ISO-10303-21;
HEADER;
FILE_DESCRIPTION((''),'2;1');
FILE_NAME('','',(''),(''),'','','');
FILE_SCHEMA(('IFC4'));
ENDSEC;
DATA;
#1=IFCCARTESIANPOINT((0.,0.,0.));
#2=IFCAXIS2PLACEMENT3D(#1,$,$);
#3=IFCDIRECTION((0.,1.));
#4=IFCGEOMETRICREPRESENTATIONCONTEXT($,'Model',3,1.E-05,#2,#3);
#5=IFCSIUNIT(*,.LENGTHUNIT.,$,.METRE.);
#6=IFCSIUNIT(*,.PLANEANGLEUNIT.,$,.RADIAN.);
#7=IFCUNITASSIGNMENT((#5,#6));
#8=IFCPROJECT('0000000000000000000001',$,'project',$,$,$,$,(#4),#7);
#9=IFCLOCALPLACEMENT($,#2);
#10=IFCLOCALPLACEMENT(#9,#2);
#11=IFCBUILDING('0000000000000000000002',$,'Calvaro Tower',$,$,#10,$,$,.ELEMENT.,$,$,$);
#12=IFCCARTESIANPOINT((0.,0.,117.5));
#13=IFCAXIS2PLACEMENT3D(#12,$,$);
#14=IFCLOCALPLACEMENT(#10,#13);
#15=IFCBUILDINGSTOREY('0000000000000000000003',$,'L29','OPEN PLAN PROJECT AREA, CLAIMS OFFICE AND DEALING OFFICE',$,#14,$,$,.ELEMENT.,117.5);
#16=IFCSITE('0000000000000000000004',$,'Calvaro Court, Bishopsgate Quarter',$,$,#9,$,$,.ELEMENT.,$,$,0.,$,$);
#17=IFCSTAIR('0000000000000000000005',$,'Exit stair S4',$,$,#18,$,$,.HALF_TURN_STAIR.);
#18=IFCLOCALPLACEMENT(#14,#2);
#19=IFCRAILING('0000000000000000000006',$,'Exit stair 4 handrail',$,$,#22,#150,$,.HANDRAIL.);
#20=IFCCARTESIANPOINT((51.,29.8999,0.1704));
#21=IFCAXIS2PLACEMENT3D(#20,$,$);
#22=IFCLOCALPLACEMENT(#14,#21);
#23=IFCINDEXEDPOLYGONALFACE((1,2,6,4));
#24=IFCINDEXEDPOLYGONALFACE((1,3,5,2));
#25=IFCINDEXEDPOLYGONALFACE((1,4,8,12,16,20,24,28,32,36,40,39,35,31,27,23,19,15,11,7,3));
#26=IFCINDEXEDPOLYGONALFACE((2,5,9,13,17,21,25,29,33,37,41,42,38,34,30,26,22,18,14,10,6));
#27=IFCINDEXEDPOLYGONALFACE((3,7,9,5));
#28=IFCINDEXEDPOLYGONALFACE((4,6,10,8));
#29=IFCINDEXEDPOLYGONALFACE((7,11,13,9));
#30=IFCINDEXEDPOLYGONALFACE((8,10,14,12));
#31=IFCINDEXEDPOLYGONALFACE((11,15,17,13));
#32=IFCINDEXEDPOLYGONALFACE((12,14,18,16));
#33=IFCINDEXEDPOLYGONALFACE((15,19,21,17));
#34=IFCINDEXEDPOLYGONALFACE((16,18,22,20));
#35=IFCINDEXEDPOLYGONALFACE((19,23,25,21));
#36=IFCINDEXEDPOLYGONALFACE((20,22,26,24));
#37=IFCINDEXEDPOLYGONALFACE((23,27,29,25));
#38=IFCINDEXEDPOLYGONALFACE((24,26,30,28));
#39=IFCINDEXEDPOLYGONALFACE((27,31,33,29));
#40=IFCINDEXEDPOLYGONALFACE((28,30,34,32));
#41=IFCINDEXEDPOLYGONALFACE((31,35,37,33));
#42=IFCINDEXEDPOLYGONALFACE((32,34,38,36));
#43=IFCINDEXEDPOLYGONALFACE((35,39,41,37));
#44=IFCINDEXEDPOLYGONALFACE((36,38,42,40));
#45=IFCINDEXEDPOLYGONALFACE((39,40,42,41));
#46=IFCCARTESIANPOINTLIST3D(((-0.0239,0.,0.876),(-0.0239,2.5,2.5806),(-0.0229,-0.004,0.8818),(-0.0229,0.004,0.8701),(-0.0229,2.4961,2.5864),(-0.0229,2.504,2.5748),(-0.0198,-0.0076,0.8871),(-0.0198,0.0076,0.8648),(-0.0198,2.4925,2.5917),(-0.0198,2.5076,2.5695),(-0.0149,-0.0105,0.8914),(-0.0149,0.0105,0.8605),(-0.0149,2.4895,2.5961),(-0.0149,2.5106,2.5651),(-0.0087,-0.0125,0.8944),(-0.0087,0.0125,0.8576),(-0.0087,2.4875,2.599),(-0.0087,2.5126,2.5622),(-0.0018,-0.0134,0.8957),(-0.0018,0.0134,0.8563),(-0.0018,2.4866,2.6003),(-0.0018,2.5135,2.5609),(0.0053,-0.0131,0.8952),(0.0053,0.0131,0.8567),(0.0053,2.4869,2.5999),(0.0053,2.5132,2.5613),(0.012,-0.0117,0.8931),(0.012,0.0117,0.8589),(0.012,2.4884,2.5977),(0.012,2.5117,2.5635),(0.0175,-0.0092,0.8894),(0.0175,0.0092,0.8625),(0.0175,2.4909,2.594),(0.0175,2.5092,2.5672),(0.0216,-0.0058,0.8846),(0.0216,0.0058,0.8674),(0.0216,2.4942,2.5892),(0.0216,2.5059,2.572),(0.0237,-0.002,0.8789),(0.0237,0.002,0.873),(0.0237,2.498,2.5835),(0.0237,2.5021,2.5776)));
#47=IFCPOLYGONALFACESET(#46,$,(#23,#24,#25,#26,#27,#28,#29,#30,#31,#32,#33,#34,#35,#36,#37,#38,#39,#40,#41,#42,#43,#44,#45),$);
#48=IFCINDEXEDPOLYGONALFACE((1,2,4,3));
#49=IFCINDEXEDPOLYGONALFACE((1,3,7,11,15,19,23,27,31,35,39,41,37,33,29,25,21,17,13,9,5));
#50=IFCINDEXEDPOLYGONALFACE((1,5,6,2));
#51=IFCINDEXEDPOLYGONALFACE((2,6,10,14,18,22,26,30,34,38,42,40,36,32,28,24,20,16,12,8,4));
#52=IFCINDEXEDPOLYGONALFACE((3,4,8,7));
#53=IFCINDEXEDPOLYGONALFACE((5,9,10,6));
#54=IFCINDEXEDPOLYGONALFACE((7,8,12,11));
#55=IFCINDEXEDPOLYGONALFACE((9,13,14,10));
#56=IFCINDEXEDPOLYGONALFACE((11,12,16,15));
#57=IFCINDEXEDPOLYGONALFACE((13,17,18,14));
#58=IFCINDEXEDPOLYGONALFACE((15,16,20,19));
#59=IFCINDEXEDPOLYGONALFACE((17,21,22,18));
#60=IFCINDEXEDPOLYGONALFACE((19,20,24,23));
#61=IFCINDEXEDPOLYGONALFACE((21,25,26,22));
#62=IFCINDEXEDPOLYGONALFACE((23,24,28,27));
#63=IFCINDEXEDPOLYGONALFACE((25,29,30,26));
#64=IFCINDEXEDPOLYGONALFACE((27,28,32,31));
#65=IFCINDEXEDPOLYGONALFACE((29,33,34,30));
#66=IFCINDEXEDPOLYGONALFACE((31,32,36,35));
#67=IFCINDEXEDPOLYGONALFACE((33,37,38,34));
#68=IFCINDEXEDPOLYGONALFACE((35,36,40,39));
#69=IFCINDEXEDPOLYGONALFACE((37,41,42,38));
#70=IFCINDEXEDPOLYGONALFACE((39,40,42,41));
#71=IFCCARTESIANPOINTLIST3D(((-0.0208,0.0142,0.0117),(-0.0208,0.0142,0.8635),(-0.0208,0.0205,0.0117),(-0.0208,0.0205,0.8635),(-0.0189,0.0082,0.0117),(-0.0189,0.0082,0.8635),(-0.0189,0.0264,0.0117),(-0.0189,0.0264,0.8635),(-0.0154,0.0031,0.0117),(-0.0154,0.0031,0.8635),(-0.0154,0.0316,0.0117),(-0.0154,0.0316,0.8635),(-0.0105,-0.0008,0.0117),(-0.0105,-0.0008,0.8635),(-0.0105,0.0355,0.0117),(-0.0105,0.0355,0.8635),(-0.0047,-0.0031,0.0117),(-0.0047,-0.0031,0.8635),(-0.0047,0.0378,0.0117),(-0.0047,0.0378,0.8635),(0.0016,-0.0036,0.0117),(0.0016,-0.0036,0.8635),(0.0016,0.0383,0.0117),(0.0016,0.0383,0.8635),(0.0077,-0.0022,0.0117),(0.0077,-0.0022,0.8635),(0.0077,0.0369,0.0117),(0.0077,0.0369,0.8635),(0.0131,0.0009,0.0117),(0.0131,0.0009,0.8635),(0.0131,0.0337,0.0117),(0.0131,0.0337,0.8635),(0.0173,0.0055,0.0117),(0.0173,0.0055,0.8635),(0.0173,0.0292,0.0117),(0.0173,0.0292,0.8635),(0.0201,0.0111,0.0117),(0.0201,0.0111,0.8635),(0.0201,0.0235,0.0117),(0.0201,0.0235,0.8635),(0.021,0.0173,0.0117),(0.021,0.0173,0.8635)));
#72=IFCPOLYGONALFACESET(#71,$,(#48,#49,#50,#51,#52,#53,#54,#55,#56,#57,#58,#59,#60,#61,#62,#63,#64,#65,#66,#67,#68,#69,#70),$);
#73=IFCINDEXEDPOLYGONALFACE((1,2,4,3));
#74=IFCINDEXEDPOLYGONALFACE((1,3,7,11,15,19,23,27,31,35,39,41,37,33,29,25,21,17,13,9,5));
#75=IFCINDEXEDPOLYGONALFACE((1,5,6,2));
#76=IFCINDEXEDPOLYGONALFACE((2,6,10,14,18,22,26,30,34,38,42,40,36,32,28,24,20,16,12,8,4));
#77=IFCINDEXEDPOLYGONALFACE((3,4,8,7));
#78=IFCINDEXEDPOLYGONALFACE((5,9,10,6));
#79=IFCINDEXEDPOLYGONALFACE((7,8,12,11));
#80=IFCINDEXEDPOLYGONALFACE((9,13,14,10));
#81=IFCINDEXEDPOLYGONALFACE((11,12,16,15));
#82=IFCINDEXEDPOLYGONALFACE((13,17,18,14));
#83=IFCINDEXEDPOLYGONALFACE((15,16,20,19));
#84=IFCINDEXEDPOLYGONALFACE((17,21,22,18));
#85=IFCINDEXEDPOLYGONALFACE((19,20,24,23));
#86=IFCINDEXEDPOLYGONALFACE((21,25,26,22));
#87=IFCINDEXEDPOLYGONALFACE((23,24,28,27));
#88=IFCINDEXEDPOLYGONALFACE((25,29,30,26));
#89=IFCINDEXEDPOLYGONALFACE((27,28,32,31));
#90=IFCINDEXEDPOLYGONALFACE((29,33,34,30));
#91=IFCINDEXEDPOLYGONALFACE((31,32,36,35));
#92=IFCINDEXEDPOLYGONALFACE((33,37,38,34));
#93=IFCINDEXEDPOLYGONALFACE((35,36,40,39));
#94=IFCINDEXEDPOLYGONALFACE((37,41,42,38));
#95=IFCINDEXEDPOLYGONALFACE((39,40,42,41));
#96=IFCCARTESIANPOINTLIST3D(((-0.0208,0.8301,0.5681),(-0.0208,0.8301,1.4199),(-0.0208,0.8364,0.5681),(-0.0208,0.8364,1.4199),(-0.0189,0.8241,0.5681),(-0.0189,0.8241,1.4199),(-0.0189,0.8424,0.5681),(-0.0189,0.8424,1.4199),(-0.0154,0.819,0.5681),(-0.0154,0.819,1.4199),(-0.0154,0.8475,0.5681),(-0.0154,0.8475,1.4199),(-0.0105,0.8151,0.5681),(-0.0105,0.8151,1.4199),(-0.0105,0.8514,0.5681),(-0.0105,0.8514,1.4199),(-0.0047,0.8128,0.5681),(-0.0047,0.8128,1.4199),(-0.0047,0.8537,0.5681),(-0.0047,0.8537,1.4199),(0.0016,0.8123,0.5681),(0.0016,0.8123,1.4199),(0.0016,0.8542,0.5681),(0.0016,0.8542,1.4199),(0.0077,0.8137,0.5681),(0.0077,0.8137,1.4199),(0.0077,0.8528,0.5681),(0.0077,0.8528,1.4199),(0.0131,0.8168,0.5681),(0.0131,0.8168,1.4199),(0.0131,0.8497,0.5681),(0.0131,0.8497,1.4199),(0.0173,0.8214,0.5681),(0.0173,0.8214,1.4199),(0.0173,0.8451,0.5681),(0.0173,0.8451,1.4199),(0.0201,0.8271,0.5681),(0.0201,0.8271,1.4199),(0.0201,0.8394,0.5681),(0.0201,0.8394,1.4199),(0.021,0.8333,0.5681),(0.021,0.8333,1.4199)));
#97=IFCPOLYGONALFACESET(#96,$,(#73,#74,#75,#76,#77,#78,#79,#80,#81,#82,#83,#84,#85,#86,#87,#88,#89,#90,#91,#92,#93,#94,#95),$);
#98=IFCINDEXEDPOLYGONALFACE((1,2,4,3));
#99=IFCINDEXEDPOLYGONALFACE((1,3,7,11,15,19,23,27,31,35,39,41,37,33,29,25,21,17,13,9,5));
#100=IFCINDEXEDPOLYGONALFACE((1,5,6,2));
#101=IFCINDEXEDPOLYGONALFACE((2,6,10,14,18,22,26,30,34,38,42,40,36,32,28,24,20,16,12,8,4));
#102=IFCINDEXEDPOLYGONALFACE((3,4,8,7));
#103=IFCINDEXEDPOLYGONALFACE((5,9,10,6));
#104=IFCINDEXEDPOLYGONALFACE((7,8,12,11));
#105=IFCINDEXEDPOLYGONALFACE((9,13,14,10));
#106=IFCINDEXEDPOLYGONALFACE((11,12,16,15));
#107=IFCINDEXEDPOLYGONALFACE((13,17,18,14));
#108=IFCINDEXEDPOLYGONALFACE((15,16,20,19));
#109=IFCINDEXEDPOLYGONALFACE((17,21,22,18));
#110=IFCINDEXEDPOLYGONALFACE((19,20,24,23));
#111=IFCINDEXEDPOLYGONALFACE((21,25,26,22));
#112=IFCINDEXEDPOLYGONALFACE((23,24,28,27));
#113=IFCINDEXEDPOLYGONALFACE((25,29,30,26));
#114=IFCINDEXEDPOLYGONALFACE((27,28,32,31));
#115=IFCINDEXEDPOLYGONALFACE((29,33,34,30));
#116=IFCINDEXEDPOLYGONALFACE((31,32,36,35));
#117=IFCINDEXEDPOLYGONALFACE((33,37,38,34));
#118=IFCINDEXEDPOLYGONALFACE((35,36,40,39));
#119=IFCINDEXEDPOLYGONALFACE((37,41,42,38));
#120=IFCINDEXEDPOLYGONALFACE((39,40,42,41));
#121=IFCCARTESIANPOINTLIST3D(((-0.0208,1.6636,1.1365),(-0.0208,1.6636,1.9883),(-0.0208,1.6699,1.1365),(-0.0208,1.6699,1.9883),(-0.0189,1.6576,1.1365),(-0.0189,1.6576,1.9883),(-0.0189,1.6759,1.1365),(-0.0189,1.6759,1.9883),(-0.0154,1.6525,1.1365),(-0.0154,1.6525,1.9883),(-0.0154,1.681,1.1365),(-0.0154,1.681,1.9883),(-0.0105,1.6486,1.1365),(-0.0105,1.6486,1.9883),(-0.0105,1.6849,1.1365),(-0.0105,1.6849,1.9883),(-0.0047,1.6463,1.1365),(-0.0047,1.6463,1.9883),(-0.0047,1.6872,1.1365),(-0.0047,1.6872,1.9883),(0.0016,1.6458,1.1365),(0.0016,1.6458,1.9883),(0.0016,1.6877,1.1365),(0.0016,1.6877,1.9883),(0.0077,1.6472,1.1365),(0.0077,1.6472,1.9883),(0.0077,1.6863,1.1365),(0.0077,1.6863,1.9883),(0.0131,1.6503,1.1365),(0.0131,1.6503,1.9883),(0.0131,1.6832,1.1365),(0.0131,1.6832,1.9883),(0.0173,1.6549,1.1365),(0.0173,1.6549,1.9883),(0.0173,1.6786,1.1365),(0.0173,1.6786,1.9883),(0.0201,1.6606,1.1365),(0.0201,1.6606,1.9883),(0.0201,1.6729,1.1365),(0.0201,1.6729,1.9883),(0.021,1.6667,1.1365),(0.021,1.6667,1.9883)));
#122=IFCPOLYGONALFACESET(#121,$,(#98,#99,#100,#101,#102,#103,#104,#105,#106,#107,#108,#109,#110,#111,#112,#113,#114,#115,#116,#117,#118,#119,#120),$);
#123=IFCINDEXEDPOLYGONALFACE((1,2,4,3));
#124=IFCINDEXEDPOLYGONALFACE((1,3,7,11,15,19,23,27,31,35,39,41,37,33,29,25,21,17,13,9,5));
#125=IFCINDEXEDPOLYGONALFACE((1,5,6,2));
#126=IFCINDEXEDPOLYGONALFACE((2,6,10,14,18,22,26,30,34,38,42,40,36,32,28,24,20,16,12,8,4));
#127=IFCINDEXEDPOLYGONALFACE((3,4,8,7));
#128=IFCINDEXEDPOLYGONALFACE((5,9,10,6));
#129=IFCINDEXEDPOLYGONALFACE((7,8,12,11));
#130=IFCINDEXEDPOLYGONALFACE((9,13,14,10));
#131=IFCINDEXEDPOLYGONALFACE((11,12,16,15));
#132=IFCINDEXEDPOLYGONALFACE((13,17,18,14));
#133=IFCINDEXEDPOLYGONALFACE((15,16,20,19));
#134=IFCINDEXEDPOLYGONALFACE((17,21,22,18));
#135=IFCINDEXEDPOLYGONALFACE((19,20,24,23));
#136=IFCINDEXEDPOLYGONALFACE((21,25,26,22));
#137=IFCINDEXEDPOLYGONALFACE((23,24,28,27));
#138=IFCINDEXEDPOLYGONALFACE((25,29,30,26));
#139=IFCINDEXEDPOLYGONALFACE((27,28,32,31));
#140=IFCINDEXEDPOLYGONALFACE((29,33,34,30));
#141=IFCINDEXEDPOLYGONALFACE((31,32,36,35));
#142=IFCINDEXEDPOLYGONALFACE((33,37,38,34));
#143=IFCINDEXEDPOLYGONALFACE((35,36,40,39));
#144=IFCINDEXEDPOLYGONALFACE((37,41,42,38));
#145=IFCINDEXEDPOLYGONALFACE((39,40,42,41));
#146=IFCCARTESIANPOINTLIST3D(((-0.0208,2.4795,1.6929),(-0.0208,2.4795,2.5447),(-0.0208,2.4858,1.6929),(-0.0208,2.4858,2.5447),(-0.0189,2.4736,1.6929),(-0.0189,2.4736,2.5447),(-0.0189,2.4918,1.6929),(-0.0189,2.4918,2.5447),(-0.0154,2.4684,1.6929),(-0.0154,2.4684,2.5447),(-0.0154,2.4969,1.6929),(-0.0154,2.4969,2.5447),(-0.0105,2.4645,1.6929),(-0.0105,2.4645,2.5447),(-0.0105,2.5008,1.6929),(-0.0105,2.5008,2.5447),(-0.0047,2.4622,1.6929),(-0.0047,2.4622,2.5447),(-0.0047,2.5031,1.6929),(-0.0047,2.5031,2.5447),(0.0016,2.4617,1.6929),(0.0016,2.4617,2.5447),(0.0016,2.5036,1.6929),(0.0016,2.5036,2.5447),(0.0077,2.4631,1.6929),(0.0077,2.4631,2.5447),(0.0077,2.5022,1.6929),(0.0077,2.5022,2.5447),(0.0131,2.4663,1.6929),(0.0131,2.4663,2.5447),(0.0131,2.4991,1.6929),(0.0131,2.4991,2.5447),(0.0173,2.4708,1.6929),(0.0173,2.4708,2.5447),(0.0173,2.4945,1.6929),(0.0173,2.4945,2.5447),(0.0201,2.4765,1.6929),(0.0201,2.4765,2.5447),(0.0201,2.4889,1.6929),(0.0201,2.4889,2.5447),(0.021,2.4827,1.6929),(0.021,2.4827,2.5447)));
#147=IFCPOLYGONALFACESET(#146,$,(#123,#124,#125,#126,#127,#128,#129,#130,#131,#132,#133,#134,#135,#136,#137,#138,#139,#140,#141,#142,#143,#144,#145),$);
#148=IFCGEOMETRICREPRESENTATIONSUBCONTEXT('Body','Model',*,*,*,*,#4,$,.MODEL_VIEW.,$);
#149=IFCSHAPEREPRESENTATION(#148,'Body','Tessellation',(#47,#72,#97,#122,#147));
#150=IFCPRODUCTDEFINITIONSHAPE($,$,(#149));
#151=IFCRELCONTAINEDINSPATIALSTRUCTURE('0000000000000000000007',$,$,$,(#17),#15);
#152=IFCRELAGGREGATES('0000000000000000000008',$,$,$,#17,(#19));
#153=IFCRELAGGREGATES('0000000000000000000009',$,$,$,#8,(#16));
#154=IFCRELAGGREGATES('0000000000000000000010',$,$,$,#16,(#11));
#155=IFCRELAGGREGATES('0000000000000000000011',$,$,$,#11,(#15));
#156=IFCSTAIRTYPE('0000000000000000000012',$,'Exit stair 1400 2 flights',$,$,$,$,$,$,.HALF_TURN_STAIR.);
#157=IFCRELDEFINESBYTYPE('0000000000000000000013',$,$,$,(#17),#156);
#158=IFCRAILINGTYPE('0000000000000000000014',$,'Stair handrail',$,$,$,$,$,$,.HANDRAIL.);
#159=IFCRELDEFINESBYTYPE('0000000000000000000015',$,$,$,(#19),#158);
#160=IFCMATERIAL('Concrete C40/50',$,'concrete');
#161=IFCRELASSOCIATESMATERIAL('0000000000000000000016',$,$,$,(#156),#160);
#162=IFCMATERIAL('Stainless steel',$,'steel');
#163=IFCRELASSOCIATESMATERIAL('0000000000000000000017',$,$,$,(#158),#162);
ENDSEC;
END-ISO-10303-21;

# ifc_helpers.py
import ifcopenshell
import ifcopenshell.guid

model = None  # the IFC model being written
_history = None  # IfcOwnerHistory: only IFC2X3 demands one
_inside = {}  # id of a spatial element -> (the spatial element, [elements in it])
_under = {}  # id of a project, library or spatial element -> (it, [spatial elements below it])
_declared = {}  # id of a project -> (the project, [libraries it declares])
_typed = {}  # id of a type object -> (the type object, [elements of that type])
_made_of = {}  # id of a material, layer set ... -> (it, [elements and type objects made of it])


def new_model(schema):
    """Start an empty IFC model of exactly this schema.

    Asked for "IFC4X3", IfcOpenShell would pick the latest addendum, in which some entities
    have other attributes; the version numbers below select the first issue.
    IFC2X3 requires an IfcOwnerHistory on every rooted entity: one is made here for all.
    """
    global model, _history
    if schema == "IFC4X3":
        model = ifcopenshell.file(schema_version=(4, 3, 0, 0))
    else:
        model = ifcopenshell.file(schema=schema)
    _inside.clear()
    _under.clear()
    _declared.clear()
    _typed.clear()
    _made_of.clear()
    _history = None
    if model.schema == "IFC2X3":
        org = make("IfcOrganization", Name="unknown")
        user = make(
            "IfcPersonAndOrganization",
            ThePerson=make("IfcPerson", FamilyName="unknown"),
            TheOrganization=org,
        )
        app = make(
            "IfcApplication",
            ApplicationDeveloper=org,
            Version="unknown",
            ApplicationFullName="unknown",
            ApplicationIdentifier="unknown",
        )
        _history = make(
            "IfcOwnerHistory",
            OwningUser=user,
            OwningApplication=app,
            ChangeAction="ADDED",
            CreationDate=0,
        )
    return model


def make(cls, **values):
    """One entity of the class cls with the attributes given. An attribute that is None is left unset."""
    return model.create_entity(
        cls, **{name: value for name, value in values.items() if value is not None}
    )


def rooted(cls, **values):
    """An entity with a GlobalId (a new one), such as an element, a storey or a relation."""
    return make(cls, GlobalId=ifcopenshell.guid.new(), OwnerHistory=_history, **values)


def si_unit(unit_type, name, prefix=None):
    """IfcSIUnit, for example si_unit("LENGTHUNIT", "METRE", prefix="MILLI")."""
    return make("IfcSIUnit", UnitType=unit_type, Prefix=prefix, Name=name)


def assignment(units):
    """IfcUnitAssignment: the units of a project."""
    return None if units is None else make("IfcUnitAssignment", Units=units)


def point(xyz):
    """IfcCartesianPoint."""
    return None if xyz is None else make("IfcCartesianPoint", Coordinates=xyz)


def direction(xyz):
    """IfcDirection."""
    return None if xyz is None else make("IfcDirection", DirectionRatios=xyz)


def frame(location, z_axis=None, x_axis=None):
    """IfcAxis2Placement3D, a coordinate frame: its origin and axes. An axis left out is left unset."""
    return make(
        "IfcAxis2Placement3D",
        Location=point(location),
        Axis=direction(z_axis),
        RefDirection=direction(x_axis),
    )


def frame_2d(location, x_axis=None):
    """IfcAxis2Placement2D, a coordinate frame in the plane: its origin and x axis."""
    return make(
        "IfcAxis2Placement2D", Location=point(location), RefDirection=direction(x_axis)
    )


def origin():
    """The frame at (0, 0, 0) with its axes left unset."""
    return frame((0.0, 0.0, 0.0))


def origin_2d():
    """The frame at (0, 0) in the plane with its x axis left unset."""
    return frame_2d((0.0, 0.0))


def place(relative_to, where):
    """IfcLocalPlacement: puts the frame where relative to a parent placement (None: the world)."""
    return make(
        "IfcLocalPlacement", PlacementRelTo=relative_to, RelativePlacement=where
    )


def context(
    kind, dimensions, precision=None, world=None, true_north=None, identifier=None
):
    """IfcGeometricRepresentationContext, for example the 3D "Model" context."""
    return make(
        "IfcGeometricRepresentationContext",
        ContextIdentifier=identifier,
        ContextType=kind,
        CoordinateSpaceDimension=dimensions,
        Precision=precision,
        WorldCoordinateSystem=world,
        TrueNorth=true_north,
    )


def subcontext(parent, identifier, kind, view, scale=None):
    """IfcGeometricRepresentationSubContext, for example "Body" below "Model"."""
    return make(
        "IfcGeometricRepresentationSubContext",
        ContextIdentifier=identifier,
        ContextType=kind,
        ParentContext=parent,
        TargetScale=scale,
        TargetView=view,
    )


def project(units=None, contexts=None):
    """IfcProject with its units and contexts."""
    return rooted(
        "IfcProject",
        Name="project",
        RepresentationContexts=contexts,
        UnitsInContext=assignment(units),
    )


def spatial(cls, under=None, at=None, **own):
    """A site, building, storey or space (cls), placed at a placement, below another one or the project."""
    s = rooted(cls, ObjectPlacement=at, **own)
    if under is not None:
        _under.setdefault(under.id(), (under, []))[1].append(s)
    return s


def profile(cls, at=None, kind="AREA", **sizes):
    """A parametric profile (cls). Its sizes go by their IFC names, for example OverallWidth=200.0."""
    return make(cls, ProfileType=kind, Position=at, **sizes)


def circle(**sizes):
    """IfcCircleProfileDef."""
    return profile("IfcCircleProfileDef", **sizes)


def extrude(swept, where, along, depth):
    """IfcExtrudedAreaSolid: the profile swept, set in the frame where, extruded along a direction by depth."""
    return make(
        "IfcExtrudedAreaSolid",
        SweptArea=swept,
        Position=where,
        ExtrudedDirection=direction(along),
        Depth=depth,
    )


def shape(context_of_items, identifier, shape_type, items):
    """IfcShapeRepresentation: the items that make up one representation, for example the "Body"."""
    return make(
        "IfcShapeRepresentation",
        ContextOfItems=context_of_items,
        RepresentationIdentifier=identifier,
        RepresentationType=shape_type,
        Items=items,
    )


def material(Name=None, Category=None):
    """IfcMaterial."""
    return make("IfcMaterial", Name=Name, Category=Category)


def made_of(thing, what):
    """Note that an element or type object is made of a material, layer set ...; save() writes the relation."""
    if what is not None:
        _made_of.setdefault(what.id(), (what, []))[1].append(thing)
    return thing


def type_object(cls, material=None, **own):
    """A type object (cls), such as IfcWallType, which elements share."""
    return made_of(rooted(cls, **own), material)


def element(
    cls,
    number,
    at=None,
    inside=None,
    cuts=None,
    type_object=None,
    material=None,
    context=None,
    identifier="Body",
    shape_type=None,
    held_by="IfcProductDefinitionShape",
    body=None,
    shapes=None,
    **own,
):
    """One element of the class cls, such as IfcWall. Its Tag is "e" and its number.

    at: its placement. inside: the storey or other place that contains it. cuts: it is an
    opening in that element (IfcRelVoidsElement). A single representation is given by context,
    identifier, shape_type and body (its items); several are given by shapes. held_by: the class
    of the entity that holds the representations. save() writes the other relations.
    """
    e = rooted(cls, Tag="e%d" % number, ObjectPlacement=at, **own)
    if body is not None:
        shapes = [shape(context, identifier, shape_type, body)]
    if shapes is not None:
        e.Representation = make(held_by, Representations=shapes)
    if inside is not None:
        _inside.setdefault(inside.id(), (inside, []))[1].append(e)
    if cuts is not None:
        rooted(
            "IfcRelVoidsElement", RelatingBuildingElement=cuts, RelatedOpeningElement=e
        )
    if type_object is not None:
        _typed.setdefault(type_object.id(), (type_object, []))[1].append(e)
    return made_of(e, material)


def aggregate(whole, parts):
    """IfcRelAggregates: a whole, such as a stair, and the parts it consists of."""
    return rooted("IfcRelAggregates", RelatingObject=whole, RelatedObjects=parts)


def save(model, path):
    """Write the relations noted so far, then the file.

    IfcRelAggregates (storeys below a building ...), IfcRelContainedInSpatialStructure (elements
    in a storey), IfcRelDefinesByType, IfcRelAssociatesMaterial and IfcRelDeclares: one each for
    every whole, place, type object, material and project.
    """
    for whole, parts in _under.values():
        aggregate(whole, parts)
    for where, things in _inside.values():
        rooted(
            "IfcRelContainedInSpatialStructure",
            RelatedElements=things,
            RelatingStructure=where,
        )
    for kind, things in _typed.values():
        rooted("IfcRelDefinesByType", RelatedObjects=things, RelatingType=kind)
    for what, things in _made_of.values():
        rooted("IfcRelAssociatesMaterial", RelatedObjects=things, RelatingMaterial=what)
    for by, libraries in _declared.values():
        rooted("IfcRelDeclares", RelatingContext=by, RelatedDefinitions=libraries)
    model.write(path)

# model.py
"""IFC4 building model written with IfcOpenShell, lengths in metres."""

from ifc_helpers import new_model, si_unit, direction, frame, origin, origin_2d, place, context, subcontext, project, spatial, circle, extrude, material, type_object, element, aggregate, save


model = new_model("IFC4")

# Units and contexts
model_context = context("Model", 3, precision=1e-05, world=origin(), true_north=direction((0.0, 1.0)))
body_context = subcontext(model_context, "Body", "Model", "MODEL_VIEW")
ifc_project = project(units=[si_unit("LENGTHUNIT", "METRE"), si_unit("PLANEANGLEUNIT", "RADIAN")], contexts=[model_context])

# Site, building, storey
site_placement = place(None, origin())
site = spatial("IfcSite", under=ifc_project, at=site_placement, Name="Calvaro Court, Bishopsgate Quarter", CompositionType="ELEMENT", RefElevation=0.0)
building_placement = place(site_placement, origin())
building = spatial("IfcBuilding", under=site, at=building_placement, Name="Calvaro Tower", CompositionType="ELEMENT")
storey_placement = place(building_placement, frame((0.0, 0.0, 117.5)))
storey = spatial("IfcBuildingStorey", under=building, at=storey_placement, Name="L29", Description="OPEN PLAN PROJECT AREA, CLAIMS OFFICE AND DEALING OFFICE", CompositionType="ELEMENT", Elevation=117.5)

# Stair
ifc_material_1 = material(Name="Concrete C40/50", Category="concrete")
stair_type = type_object("IfcStairType", Name="Exit stair 1400 2 flights", PredefinedType="HALF_TURN_STAIR", material=ifc_material_1)
stair_1_placement = place(storey_placement, origin())
stair_1 = element("IfcStair", 1, at=stair_1_placement, inside=storey, type_object=stair_type, Name="Exit stair S4", PredefinedType="HALF_TURN_STAIR")

# Railing
ifc_material_2 = material(Name="Stainless steel", Category="steel")
railing_type = type_object("IfcRailingType", Name="Stair handrail", PredefinedType="HANDRAIL", material=ifc_material_2)
railing_1_placement = place(storey_placement, frame((51.0, 29.8999, 0.1704)))
railing_1 = element("IfcRailing", 2, at=railing_1_placement, type_object=railing_type, Name="Exit stair 4 handrail", PredefinedType="HANDRAIL", context=body_context, shape_type="SweptSolid", body=[
    extrude(circle(Radius=0.0239, at=origin_2d()), frame((0.0, 0.0, 0.876), z_axis=(0.0, 0.826221, 0.563347), x_axis=(-1.0, 0.0, 0.0)), (0.0, 0.0, 1.0), 3.0259),
    extrude(circle(Radius=0.021, at=origin_2d()), frame((0.0, 0.0173, 0.0117)), (0.0, 0.0, 1.0), 0.8518),
    extrude(circle(Radius=0.021, at=origin_2d()), frame((0.0, 0.8333, 0.5681)), (0.0, 0.0, 1.0), 0.8518),
    extrude(circle(Radius=0.021, at=origin_2d()), frame((0.0, 1.6667, 1.1365)), (0.0, 0.0, 1.0), 0.8518),
    extrude(circle(Radius=0.021, at=origin_2d()), frame((0.0, 2.4827, 1.6929)), (0.0, 0.0, 1.0), 0.8518),
])
aggregate(stair_1, [railing_1])

save(model, "model.ifc")
